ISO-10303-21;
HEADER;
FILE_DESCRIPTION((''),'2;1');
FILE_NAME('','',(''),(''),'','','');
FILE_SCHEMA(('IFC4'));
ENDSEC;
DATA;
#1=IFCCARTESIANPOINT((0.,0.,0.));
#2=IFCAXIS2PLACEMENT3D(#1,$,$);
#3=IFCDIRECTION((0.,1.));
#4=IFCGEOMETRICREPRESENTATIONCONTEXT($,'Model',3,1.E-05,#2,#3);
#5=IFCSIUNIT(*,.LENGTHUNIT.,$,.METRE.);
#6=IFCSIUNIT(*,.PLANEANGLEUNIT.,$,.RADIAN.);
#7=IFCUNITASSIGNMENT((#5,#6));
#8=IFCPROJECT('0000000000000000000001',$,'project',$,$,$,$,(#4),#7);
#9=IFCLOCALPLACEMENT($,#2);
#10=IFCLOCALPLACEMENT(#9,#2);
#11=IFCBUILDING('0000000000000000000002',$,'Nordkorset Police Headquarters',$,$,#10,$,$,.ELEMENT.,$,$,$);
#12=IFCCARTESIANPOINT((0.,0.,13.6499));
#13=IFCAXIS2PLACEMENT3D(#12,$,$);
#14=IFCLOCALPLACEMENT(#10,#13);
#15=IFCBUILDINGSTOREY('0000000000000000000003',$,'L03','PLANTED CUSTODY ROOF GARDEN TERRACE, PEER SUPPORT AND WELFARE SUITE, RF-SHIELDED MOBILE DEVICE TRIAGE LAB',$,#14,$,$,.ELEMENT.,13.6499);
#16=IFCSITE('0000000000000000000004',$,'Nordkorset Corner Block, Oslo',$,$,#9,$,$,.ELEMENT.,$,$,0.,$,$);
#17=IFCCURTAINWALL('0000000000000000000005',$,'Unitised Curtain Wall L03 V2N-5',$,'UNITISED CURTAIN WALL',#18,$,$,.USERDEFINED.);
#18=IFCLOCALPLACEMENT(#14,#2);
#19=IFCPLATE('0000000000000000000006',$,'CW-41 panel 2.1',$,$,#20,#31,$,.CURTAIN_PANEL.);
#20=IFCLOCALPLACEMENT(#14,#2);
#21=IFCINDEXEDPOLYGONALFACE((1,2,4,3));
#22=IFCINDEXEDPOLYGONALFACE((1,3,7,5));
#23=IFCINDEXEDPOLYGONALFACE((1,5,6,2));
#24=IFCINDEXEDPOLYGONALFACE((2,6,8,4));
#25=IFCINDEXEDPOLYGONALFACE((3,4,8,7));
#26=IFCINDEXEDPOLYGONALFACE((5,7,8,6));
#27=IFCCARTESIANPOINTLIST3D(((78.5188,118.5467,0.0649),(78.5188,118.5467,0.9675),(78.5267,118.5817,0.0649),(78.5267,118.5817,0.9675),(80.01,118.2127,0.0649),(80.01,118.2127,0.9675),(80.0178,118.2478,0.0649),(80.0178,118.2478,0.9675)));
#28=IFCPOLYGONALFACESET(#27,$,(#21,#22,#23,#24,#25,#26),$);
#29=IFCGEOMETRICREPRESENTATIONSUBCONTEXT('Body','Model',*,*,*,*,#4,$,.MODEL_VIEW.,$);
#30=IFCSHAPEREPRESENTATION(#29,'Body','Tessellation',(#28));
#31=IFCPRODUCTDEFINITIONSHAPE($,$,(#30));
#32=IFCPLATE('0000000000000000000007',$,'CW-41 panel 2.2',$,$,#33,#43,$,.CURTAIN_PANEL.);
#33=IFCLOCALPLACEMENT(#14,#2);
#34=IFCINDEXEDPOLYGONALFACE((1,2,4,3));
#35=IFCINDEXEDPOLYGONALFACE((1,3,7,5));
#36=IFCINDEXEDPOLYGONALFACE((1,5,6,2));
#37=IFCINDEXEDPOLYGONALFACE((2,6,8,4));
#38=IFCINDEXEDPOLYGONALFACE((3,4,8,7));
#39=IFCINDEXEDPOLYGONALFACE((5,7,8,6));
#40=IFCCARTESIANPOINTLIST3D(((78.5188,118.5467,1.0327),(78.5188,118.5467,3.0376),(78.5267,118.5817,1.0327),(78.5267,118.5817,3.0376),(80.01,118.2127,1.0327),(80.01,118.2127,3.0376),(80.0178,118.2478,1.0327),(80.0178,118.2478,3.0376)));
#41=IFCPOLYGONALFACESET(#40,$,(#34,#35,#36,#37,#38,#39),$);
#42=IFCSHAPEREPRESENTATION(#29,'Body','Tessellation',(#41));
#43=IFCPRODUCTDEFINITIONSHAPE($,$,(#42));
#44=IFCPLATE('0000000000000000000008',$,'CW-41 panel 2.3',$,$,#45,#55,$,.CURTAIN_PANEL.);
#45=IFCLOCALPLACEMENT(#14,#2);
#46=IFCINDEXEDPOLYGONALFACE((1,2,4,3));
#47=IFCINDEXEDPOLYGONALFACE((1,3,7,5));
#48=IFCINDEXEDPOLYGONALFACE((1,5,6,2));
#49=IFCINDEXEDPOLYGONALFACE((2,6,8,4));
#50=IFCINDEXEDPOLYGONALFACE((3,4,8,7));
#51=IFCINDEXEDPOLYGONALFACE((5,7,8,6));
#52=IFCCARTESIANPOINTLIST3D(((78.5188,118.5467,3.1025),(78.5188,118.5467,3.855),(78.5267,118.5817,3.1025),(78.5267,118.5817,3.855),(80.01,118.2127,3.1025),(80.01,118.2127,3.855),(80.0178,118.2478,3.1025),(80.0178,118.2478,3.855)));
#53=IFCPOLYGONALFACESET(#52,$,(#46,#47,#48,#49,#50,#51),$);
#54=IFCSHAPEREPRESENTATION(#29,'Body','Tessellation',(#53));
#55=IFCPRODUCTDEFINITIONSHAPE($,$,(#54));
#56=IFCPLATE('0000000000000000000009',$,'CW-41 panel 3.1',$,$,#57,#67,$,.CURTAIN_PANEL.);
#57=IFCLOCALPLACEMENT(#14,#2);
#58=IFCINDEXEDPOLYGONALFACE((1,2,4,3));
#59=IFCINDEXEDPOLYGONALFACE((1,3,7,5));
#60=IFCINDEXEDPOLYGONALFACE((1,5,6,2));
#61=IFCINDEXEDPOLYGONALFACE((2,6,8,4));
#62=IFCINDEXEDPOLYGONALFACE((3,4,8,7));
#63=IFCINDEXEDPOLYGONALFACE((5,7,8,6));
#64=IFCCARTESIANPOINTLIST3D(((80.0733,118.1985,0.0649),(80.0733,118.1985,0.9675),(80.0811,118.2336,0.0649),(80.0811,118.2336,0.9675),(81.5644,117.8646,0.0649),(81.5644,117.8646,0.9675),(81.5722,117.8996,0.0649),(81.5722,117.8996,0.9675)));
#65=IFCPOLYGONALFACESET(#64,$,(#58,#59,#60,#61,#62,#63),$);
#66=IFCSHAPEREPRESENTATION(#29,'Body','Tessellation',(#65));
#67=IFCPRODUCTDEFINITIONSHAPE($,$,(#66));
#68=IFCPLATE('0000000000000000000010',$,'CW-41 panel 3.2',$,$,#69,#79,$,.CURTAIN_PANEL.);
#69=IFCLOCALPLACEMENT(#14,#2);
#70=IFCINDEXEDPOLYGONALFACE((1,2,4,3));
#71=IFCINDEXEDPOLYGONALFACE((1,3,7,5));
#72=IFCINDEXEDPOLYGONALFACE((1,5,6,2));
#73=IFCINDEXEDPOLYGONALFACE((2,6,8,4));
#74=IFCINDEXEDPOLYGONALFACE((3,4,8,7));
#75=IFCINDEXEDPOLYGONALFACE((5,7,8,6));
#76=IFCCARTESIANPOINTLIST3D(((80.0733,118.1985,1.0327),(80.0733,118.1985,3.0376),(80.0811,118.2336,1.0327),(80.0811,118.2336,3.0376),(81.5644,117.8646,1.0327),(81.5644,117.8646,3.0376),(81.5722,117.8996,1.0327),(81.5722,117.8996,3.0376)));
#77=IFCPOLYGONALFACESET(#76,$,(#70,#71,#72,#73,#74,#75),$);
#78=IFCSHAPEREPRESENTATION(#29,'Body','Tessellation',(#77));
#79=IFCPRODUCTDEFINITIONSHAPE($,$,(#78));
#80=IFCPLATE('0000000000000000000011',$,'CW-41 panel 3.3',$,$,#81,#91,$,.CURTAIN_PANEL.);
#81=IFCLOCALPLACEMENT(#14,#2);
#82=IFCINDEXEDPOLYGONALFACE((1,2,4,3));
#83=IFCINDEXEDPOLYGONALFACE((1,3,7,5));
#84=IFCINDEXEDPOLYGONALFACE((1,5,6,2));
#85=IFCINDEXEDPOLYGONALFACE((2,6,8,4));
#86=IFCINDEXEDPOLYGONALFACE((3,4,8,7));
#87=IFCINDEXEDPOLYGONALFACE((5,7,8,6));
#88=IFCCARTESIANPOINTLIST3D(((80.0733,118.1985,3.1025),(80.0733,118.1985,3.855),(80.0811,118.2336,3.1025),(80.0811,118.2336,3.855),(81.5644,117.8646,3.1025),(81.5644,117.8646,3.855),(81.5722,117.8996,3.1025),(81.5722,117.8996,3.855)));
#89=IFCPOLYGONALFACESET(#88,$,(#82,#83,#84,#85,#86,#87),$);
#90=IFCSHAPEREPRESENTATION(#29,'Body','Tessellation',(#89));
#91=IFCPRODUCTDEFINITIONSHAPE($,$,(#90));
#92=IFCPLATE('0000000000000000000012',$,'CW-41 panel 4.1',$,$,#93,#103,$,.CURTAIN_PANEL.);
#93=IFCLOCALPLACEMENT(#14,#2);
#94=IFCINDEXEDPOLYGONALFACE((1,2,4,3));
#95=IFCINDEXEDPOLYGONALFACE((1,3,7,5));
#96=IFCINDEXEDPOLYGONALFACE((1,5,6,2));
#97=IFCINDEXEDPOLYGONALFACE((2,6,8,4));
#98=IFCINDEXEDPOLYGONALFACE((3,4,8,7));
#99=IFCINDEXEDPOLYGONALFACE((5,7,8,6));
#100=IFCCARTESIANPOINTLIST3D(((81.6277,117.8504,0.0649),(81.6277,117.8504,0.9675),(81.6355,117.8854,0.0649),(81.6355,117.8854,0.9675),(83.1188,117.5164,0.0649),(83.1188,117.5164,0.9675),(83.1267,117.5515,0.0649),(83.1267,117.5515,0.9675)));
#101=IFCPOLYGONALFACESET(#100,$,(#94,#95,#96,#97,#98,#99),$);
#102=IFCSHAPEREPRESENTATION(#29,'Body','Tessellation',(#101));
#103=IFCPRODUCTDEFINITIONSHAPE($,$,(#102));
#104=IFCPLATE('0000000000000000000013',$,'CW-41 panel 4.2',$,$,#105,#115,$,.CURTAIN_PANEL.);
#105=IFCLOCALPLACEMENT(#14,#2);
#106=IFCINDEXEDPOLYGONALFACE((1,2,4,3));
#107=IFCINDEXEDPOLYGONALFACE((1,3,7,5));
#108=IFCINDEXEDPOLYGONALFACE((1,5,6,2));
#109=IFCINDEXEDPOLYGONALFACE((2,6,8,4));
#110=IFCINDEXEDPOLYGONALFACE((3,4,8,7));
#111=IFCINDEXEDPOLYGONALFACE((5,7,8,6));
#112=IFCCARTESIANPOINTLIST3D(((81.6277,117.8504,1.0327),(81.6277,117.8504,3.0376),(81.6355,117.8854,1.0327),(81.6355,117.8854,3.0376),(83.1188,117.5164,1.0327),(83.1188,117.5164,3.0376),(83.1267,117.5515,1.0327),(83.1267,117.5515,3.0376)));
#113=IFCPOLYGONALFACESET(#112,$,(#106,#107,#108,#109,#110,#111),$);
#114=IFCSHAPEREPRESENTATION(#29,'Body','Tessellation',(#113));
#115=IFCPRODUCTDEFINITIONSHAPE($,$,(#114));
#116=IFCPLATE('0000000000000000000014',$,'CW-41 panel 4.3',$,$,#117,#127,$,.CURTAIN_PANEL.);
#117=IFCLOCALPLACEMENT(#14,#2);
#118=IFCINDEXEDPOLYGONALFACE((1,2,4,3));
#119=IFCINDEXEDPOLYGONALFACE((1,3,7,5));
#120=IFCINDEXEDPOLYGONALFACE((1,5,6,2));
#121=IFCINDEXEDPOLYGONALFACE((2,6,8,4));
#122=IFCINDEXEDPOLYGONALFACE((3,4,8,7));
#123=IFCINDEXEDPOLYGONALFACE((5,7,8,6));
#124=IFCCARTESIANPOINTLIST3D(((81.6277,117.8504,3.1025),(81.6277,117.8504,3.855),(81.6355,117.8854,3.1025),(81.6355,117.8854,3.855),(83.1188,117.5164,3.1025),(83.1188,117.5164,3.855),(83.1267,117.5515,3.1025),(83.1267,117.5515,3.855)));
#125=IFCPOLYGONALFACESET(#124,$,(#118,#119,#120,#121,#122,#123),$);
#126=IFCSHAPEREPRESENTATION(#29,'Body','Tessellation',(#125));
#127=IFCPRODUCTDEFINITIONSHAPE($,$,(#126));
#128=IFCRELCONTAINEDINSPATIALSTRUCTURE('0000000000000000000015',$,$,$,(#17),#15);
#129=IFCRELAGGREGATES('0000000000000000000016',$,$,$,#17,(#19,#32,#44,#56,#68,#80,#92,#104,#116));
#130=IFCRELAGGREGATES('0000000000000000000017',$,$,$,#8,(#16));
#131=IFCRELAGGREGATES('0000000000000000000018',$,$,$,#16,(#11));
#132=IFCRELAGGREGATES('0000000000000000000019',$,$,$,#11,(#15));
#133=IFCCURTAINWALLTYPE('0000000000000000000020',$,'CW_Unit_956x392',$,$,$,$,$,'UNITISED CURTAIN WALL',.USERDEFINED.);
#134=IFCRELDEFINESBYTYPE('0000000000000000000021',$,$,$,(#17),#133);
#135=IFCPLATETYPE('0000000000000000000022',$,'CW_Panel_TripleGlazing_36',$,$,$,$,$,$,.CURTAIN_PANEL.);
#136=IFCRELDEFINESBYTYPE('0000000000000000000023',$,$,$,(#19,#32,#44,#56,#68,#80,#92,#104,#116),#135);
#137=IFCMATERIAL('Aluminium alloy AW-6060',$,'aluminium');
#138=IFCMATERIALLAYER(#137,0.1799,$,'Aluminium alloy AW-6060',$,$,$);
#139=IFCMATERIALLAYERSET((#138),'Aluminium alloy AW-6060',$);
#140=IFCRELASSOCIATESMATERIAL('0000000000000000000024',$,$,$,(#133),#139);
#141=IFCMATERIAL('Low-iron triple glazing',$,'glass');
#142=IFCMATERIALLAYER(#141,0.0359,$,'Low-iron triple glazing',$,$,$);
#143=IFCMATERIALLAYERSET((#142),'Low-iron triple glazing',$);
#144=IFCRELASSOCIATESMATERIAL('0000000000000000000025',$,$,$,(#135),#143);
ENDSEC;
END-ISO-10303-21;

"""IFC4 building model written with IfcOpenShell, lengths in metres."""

from ifc_helpers import new_model, si_unit, direction, frame, origin, origin_2d, place, context, subcontext, project, spatial, rectangle, extrude, material, layer, layer_set, type_object, element, aggregate, save


model = new_model("IFC4")

# Units and contexts
model_context = context("Model", 3, precision=1e-05, world=origin(), true_north=direction((0.0, 1.0)))
body_context = subcontext(model_context, "Body", "Model", "MODEL_VIEW")
ifc_project = project(units=[si_unit("LENGTHUNIT", "METRE"), si_unit("PLANEANGLEUNIT", "RADIAN")], contexts=[model_context])

# Site, building, storey
site_placement = place(None, origin())
site = spatial("IfcSite", under=ifc_project, at=site_placement, Name="Nordkorset Corner Block, Oslo", CompositionType="ELEMENT", RefElevation=0.0)
building_placement = place(site_placement, origin())
building = spatial("IfcBuilding", under=site, at=building_placement, Name="Nordkorset Police Headquarters", CompositionType="ELEMENT")
storey_placement = place(building_placement, frame((0.0, 0.0, 13.6499)))
storey = spatial("IfcBuildingStorey", under=building, at=storey_placement, Name="L03", Description="PLANTED CUSTODY ROOF GARDEN TERRACE, PEER SUPPORT AND WELFARE SUITE, RF-SHIELDED MOBILE DEVICE TRIAGE LAB", CompositionType="ELEMENT", Elevation=13.6499)

# Curtain wall, plates
ifc_material_1 = material(Name="Aluminium alloy AW-6060", Category="aluminium")
ifc_layer_1 = layer(ifc_material_1, 0.1799, Name="Aluminium alloy AW-6060")
ifc_layer_set_1 = layer_set([ifc_layer_1], Name="Aluminium alloy AW-6060")
curtain_wall_type = type_object("IfcCurtainWallType", Name="CW_Unit_956x392", ElementType="UNITISED CURTAIN WALL", PredefinedType="USERDEFINED", material=ifc_layer_set_1)
curtain_wall_placement = place(storey_placement, origin())
curtain_wall = element("IfcCurtainWall", 1, at=curtain_wall_placement, inside=storey, type_object=curtain_wall_type, Name="Unitised Curtain Wall L03 V2N-5", ObjectType="UNITISED CURTAIN WALL", PredefinedType="USERDEFINED")
ifc_material_2 = material(Name="Low-iron triple glazing", Category="glass")
ifc_layer_2 = layer(ifc_material_2, 0.0359, Name="Low-iron triple glazing")
ifc_layer_set_2 = layer_set([ifc_layer_2], Name="Low-iron triple glazing")
plate_type = type_object("IfcPlateType", Name="CW_Panel_TripleGlazing_36", PredefinedType="CURTAIN_PANEL", material=ifc_layer_set_2)
plate_1_placement = place(storey_placement, frame((79.2683, 118.3972, 0.0649), z_axis=(0.0, 0.0, 1.0), x_axis=(0.975827, -0.218544, 0.0)))
plate_1 = element("IfcPlate", 2, at=plate_1_placement, type_object=plate_type, Name="CW-41 panel 2.1", PredefinedType="CURTAIN_PANEL", context=body_context, shape_type="SweptSolid", body=[
    extrude(rectangle(XDim=1.5281, YDim=0.0359, at=origin_2d()), origin(), (0.0, 0.0, 1.0), 0.9026),
])
plate_2_placement = place(storey_placement, frame((79.2683, 118.3972, 1.0327), z_axis=(0.0, 0.0, 1.0), x_axis=(0.975827, -0.218544, 0.0)))
plate_2 = element("IfcPlate", 3, at=plate_2_placement, type_object=plate_type, Name="CW-41 panel 2.2", PredefinedType="CURTAIN_PANEL", context=body_context, shape_type="SweptSolid", body=[
    extrude(rectangle(XDim=1.5281, YDim=0.0359, at=origin_2d()), origin(), (0.0, 0.0, 1.0), 2.0049),
])
plate_3_placement = place(storey_placement, frame((79.2683, 118.3972, 3.1025), z_axis=(0.0, 0.0, 1.0), x_axis=(0.975827, -0.218544, 0.0)))
plate_3 = element("IfcPlate", 4, at=plate_3_placement, type_object=plate_type, Name="CW-41 panel 2.3", PredefinedType="CURTAIN_PANEL", context=body_context, shape_type="SweptSolid", body=[
    extrude(rectangle(XDim=1.5281, YDim=0.0359, at=origin_2d()), origin(), (0.0, 0.0, 1.0), 0.7524),
])
plate_4_placement = place(storey_placement, frame((80.8228, 118.0491, 0.0649), z_axis=(0.0, 0.0, 1.0), x_axis=(0.975827, -0.218544, 0.0)))
plate_4 = element("IfcPlate", 5, at=plate_4_placement, type_object=plate_type, Name="CW-41 panel 3.1", PredefinedType="CURTAIN_PANEL", context=body_context, shape_type="SweptSolid", body=[
    extrude(rectangle(XDim=1.5281, YDim=0.0359, at=origin_2d()), origin(), (0.0, 0.0, 1.0), 0.9026),
])
plate_5_placement = place(storey_placement, frame((80.8228, 118.0491, 1.0327), z_axis=(0.0, 0.0, 1.0), x_axis=(0.975827, -0.218544, 0.0)))
plate_5 = element("IfcPlate", 6, at=plate_5_placement, type_object=plate_type, Name="CW-41 panel 3.2", PredefinedType="CURTAIN_PANEL", context=body_context, shape_type="SweptSolid", body=[
    extrude(rectangle(XDim=1.5281, YDim=0.0359, at=origin_2d()), origin(), (0.0, 0.0, 1.0), 2.0049),
])
plate_6_placement = place(storey_placement, frame((80.8228, 118.0491, 3.1025), z_axis=(0.0, 0.0, 1.0), x_axis=(0.975827, -0.218544, 0.0)))
plate_6 = element("IfcPlate", 7, at=plate_6_placement, type_object=plate_type, Name="CW-41 panel 3.3", PredefinedType="CURTAIN_PANEL", context=body_context, shape_type="SweptSolid", body=[
    extrude(rectangle(XDim=1.5281, YDim=0.0359, at=origin_2d()), origin(), (0.0, 0.0, 1.0), 0.7524),
])
plate_7_placement = place(storey_placement, frame((82.3772, 117.7009, 0.0649), z_axis=(0.0, 0.0, 1.0), x_axis=(0.975827, -0.218544, 0.0)))
plate_7 = element("IfcPlate", 8, at=plate_7_placement, type_object=plate_type, Name="CW-41 panel 4.1", PredefinedType="CURTAIN_PANEL", context=body_context, shape_type="SweptSolid", body=[
    extrude(rectangle(XDim=1.5281, YDim=0.0359, at=origin_2d()), origin(), (0.0, 0.0, 1.0), 0.9026),
])
plate_8_placement = place(storey_placement, frame((82.3772, 117.7009, 1.0327), z_axis=(0.0, 0.0, 1.0), x_axis=(0.975827, -0.218544, 0.0)))
plate_8 = element("IfcPlate", 9, at=plate_8_placement, type_object=plate_type, Name="CW-41 panel 4.2", PredefinedType="CURTAIN_PANEL", context=body_context, shape_type="SweptSolid", body=[
    extrude(rectangle(XDim=1.5281, YDim=0.0359, at=origin_2d()), origin(), (0.0, 0.0, 1.0), 2.0049),
])
plate_9_placement = place(storey_placement, frame((82.3772, 117.7009, 3.1025), z_axis=(0.0, 0.0, 1.0), x_axis=(0.975827, -0.218544, 0.0)))
plate_9 = element("IfcPlate", 10, at=plate_9_placement, type_object=plate_type, Name="CW-41 panel 4.3", PredefinedType="CURTAIN_PANEL", context=body_context, shape_type="SweptSolid", body=[
    extrude(rectangle(XDim=1.5281, YDim=0.0359, at=origin_2d()), origin(), (0.0, 0.0, 1.0), 0.7524),
])
aggregate(curtain_wall, [plate_1, plate_2, plate_3, plate_4, plate_5, plate_6, plate_7, plate_8, plate_9])

save(model, "model.ifc")
